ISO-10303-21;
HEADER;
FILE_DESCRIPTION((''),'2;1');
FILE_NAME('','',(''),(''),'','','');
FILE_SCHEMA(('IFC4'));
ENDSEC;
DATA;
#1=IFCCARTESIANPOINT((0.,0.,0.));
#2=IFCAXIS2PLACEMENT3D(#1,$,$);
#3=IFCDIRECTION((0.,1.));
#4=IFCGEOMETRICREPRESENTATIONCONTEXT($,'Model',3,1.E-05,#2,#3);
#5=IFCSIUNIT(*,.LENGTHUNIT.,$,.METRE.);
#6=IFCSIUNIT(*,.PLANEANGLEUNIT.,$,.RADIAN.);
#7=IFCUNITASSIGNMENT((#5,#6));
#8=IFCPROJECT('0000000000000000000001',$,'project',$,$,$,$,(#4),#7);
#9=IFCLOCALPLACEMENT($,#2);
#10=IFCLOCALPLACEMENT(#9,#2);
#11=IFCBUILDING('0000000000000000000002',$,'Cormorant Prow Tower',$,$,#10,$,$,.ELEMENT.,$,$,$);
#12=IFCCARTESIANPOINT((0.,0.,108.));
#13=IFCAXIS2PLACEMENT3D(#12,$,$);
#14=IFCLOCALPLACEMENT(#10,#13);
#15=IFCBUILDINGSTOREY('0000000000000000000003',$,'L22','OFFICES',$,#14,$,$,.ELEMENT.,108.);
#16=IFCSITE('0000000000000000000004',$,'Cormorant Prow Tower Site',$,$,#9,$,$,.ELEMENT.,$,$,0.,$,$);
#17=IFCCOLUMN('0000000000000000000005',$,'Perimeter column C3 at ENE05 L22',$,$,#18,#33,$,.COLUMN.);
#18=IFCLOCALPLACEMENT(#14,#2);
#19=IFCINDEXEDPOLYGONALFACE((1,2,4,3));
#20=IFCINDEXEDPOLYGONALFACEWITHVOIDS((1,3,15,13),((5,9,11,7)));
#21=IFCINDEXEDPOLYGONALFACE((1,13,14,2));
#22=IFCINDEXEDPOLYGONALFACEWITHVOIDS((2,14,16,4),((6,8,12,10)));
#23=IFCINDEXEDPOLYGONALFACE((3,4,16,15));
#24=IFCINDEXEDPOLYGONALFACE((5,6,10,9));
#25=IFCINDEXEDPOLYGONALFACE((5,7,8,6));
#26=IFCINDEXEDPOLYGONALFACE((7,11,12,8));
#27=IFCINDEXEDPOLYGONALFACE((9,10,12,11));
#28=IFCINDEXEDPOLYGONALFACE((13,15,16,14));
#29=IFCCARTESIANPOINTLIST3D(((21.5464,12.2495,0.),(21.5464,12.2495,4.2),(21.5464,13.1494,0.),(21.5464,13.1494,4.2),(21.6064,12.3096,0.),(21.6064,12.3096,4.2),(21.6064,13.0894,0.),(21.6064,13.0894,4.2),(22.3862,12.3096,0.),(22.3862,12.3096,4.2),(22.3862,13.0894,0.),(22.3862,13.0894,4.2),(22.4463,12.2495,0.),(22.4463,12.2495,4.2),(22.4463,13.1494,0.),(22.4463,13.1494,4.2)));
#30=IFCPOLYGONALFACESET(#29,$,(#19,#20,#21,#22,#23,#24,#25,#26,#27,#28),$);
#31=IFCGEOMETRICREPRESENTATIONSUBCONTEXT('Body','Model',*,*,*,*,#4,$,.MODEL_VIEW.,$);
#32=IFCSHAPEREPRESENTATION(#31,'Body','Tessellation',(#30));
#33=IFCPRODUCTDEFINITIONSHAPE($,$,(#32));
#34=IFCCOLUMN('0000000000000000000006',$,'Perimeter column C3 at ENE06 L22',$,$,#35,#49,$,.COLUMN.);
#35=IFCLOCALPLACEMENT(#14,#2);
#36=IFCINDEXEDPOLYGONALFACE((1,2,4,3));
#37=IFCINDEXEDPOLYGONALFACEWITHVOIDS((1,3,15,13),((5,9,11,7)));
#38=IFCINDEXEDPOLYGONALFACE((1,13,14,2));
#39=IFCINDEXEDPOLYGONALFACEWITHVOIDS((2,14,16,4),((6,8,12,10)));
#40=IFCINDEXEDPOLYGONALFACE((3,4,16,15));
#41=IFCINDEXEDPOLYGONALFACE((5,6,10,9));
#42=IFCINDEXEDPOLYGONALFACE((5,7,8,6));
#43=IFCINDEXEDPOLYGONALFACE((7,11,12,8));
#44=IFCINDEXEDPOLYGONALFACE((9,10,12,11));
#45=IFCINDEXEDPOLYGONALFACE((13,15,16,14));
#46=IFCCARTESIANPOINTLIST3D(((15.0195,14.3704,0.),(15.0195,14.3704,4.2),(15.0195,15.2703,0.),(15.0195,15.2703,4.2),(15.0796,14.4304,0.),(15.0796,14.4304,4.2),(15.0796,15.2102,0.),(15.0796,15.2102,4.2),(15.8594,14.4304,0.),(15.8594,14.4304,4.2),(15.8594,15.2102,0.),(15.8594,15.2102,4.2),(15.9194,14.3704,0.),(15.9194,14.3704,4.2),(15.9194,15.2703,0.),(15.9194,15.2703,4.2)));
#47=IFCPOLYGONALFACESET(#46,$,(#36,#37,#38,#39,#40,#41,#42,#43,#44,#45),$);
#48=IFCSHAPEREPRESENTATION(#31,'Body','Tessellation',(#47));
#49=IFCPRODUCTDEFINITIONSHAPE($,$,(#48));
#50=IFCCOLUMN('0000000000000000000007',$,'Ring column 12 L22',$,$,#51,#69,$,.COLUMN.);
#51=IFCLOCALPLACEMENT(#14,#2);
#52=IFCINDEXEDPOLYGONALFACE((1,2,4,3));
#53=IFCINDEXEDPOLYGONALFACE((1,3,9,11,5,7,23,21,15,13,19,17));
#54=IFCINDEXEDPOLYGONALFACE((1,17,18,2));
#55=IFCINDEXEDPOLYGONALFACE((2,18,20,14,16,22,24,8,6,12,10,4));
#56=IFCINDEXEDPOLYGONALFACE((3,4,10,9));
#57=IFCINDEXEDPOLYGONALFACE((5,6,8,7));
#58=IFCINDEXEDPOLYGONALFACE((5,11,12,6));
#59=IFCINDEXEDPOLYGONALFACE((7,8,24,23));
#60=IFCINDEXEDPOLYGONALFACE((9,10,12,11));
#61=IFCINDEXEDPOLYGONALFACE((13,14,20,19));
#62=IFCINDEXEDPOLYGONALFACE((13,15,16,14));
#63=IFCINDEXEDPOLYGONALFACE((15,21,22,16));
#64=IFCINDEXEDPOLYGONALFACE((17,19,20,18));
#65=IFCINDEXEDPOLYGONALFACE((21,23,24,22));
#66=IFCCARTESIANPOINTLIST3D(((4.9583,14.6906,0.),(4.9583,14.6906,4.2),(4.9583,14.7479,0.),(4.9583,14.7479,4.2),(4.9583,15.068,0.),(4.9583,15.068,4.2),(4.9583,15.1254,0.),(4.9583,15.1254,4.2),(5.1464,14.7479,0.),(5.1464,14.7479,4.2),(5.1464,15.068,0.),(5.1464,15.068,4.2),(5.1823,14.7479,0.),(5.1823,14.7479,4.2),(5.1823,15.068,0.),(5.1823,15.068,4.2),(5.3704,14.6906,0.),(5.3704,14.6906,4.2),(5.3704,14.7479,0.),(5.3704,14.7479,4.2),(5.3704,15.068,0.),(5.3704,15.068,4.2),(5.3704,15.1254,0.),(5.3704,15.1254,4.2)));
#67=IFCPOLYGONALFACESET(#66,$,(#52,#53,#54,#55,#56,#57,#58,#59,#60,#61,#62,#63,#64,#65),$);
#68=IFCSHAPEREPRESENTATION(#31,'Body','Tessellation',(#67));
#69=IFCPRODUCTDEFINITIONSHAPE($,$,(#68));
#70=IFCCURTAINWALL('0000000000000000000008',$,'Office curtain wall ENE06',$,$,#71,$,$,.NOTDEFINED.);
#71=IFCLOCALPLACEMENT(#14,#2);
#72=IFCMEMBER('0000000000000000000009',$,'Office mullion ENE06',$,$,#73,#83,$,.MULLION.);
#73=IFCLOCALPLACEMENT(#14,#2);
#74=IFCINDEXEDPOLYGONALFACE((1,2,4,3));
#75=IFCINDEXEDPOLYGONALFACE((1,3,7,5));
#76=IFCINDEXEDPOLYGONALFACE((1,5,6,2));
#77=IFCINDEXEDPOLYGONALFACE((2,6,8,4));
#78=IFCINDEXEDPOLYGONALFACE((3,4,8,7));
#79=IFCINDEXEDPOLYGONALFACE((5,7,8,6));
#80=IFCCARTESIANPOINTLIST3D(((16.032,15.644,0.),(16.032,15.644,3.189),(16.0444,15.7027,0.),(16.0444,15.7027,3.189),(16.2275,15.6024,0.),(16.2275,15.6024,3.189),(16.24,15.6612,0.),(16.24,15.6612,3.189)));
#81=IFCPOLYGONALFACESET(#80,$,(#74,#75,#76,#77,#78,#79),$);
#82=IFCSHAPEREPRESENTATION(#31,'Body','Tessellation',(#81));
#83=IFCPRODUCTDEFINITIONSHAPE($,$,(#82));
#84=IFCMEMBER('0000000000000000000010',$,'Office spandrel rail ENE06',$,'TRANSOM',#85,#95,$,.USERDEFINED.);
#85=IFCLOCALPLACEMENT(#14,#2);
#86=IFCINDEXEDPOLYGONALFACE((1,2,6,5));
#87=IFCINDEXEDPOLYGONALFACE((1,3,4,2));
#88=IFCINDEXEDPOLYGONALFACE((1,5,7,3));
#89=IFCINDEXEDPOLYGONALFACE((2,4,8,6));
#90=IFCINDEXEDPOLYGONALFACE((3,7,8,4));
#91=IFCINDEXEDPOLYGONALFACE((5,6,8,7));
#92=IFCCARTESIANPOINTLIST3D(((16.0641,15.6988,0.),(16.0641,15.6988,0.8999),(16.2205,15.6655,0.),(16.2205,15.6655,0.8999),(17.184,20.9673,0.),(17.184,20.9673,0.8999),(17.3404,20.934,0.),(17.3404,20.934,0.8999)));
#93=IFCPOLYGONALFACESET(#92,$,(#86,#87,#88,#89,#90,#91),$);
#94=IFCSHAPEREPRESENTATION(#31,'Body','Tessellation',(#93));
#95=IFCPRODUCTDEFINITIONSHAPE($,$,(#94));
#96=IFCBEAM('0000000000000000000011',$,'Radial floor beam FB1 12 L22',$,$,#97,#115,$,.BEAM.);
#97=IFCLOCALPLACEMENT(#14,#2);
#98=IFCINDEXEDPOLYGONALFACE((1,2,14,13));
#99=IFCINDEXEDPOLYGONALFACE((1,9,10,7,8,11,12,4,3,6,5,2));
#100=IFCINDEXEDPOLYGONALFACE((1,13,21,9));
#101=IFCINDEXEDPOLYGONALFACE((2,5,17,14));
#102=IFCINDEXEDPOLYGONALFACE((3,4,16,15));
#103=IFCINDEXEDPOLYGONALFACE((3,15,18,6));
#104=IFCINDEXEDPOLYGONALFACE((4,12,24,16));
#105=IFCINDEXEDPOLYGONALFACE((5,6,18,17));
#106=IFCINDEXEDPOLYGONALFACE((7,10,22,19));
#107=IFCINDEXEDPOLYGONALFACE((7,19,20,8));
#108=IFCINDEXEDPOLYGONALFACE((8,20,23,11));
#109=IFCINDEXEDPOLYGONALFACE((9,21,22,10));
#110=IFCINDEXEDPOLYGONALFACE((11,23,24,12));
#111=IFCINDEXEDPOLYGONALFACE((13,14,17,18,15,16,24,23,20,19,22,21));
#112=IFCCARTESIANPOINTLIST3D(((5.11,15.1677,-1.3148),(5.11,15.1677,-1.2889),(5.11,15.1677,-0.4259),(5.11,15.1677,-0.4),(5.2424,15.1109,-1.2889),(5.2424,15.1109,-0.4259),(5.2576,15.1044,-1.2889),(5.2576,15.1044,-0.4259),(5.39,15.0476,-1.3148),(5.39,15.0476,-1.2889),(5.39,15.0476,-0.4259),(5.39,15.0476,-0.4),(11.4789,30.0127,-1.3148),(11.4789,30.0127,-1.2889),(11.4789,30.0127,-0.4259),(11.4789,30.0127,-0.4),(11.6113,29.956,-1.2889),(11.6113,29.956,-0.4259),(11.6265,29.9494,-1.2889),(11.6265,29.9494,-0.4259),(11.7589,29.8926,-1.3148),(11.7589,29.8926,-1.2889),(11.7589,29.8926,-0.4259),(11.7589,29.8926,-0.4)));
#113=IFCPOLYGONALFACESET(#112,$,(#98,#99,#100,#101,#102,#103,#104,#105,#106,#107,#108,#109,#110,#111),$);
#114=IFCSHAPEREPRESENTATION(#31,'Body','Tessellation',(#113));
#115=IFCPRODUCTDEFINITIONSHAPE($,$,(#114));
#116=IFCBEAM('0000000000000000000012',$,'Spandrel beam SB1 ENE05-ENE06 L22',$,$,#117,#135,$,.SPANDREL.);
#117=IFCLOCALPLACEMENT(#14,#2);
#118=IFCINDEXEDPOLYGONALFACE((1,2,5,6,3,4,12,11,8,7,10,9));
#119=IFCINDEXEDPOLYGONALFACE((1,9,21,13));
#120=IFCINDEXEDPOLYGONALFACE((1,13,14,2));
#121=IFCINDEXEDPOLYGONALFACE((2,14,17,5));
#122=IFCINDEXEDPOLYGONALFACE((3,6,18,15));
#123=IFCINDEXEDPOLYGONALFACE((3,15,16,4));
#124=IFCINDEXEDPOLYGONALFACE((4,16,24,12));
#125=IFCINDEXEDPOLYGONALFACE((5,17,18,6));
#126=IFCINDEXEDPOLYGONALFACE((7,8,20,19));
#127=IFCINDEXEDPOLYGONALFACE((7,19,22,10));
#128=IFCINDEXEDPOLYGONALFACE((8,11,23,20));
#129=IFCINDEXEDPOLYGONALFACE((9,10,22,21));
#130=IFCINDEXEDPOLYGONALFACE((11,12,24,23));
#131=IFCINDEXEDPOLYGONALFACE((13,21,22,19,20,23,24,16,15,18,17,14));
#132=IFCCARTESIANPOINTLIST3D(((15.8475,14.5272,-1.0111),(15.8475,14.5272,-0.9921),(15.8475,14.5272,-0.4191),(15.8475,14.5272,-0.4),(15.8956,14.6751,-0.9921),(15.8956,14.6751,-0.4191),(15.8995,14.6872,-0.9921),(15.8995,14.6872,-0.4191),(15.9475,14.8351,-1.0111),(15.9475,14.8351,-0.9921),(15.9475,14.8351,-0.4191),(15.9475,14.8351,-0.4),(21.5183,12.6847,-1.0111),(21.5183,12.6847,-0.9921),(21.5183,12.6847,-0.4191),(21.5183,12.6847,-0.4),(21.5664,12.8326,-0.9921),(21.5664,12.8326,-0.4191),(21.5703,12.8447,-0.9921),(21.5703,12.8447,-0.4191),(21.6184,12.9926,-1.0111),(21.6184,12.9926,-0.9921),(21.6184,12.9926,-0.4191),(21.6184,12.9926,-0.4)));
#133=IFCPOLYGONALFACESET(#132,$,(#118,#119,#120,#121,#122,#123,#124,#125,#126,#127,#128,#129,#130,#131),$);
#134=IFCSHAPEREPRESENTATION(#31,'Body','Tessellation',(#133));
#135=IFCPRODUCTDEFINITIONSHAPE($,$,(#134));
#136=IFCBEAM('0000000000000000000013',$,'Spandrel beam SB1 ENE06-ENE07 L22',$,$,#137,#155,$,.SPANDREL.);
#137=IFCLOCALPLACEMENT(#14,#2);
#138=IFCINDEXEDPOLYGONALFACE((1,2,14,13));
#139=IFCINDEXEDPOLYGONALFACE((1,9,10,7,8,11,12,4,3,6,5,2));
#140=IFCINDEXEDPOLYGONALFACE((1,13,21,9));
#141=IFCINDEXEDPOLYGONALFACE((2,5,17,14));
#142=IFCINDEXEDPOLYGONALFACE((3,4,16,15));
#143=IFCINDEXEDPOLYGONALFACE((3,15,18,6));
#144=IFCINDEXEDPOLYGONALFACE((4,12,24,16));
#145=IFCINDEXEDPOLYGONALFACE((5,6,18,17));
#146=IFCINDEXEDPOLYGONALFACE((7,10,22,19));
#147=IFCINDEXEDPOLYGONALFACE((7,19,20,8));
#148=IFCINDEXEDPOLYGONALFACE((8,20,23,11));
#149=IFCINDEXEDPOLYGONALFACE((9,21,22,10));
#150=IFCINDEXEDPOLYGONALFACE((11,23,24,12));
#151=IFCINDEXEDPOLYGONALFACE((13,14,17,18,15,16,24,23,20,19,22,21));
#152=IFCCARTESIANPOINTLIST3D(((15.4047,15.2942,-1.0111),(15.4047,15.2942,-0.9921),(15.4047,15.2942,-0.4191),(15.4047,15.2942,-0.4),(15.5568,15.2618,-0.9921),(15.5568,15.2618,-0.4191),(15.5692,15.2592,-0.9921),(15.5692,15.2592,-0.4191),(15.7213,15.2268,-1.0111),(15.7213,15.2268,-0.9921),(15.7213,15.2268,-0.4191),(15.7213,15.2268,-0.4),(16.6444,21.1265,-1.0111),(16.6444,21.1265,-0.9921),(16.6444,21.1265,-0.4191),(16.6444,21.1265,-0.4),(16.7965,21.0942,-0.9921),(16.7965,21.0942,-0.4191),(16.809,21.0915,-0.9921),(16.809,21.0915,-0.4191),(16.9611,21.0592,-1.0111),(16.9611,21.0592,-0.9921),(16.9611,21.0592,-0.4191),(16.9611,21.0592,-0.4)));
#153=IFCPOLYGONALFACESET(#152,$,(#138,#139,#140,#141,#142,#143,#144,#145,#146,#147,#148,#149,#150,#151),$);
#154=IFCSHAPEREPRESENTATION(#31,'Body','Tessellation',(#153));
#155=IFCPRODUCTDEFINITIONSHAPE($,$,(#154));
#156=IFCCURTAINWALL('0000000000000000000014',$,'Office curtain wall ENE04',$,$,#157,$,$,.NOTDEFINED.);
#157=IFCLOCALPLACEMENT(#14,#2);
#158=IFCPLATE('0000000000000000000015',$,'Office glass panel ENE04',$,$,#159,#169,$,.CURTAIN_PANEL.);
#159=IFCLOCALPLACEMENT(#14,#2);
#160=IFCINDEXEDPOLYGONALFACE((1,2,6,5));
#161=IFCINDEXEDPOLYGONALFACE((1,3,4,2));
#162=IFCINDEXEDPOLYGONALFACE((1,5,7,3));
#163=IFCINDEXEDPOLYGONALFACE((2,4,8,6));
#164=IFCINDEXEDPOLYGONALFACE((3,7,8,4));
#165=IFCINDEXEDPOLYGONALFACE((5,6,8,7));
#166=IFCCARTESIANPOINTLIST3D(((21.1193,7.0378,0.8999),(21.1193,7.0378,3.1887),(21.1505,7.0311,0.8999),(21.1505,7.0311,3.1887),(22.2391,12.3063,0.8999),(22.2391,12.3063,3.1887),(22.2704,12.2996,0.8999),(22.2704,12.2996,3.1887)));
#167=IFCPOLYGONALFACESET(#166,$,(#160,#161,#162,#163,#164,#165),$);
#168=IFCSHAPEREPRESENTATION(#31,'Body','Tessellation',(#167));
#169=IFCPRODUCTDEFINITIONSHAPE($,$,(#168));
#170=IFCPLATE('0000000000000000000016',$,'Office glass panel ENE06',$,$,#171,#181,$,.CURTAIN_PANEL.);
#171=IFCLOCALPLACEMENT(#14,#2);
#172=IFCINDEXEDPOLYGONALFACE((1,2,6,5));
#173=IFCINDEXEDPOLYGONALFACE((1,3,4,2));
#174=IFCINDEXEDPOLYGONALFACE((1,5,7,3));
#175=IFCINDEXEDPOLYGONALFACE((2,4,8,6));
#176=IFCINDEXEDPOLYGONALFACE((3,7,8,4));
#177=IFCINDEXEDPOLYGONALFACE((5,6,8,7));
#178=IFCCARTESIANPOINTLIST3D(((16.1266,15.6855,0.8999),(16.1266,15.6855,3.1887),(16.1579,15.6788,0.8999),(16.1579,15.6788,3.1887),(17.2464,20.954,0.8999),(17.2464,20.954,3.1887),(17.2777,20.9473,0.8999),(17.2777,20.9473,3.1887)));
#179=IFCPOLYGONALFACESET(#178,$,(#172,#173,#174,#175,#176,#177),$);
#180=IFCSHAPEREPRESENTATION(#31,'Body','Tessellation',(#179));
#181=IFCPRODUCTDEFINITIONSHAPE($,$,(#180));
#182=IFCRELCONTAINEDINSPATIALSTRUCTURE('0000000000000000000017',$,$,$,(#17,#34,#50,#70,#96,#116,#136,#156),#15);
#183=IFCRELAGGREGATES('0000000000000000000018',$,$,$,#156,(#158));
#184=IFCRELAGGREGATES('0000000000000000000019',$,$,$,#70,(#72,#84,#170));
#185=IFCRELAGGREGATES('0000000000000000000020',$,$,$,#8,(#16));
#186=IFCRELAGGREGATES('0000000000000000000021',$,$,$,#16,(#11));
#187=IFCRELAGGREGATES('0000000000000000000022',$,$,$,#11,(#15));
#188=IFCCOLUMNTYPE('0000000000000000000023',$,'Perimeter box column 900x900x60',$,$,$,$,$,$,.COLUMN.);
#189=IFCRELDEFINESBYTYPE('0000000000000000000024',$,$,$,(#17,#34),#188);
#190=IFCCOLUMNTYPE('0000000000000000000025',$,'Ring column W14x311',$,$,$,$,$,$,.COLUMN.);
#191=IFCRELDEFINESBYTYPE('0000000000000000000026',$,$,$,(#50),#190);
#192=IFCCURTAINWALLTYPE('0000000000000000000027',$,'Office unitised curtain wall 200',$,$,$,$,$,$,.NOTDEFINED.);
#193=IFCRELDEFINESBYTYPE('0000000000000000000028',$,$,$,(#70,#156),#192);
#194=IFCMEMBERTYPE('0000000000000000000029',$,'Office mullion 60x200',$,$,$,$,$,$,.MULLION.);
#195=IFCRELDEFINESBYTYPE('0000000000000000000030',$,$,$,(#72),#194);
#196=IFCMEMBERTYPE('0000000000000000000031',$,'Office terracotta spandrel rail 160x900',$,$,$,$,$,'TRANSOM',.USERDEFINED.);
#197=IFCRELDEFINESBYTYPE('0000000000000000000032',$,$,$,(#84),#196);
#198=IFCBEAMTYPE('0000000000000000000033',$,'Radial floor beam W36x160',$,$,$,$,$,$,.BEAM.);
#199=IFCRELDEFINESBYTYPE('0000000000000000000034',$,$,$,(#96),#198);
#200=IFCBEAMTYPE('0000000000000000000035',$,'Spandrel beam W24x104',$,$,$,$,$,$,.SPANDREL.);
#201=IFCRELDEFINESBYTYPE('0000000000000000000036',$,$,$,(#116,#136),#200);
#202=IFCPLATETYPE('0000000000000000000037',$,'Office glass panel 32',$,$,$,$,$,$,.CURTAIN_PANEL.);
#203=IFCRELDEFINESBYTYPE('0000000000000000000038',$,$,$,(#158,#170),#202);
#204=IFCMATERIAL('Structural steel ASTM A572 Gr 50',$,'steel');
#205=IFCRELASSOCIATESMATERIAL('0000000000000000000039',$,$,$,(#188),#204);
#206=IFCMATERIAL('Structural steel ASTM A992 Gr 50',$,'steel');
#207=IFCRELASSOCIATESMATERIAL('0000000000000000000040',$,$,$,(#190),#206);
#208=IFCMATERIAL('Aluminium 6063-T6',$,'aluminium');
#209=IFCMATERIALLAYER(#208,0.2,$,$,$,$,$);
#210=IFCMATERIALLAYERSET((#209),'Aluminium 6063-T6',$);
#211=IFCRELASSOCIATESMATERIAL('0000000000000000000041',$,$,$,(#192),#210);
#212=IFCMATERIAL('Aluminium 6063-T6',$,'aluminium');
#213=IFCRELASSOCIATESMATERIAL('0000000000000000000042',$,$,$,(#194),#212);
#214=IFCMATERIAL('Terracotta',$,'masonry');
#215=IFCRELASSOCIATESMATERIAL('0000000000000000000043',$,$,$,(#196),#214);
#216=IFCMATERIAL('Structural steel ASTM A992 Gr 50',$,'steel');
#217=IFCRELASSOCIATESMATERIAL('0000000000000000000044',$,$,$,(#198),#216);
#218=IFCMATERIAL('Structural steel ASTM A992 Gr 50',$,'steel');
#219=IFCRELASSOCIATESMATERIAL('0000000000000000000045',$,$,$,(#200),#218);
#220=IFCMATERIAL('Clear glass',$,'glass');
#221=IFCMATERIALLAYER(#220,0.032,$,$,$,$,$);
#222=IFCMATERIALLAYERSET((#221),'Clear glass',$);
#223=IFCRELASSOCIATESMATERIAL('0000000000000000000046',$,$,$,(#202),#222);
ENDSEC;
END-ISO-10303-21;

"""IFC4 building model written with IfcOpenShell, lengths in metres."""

from ifc_helpers import new_model, si_unit, direction, frame, origin, origin_2d, place, context, subcontext, project, spatial, rectangle, hollow_rectangle, i_section, extrude, material, layer, layer_set, material_profile, profile_set, type_object, element, aggregate, save


model = new_model("IFC4")

# Units and contexts
model_context = context("Model", 3, precision=1e-05, world=origin(), true_north=direction((0.0, 1.0)))
body_context = subcontext(model_context, "Body", "Model", "MODEL_VIEW")
ifc_project = project(units=[si_unit("LENGTHUNIT", "METRE"), si_unit("PLANEANGLEUNIT", "RADIAN")], contexts=[model_context])

# Site, building, storey
site_placement = place(None, origin())
site = spatial("IfcSite", under=ifc_project, at=site_placement, Name="Cormorant Prow Tower Site", CompositionType="ELEMENT", RefElevation=0.0)
building_placement = place(site_placement, origin())
building = spatial("IfcBuilding", under=site, at=building_placement, Name="Cormorant Prow Tower", CompositionType="ELEMENT")
storey_placement = place(building_placement, frame((0.0, 0.0, 108.0)))
storey = spatial("IfcBuildingStorey", under=building, at=storey_placement, Name="L22", Description="OFFICES", CompositionType="ELEMENT", Elevation=108.0)

# Columns
ifc_material_1 = material(Name="Structural steel ASTM A572 Gr 50", Category="steel")
ifc_material_profile_1 = material_profile(ifc_material_1, hollow_rectangle(XDim=0.8999, YDim=0.8999, WallThickness=0.0601, at=origin_2d()), Name="Box 900x900x60")
ifc_profile_set_1 = profile_set([ifc_material_profile_1], Name="Structural steel ASTM A572 Gr 50")
column_type_1 = type_object("IfcColumnType", Name="Perimeter box column 900x900x60", PredefinedType="COLUMN", material=ifc_profile_set_1)
for number, where, z_axis, x_axis, name in (
    (1, (21.9963, 12.6995, 0.0), (0.0, 0.0, 1.0), (1.0, 0.0, 0.0), "Perimeter column C3 at ENE05 L22"),
    (2, (15.4695, 14.8203, 0.0), (0.0, 0.0, 1.0), (1.0, 0.0, 0.0), "Perimeter column C3 at ENE06 L22"),
):
    element("IfcColumn", number, at=place(storey_placement, frame(where, z_axis=z_axis, x_axis=x_axis)), inside=storey, type_object=column_type_1, Name=name, PredefinedType="COLUMN", context=body_context, shape_type="SweptSolid", body=[
        extrude(hollow_rectangle(XDim=0.8999, YDim=0.8999, WallThickness=0.0601, at=origin_2d()), origin(), (0.0, 0.0, 1.0), 4.2),
    ])
ifc_material_2 = material(Name="Structural steel ASTM A992 Gr 50", Category="steel")
ifc_material_profile_2 = material_profile(ifc_material_2, i_section(OverallWidth=0.4121, OverallDepth=0.4348, WebThickness=0.0359, FlangeThickness=0.0574, at=origin_2d()), Name="W14x311")
ifc_profile_set_2 = profile_set([ifc_material_profile_2], Name="Structural steel ASTM A992 Gr 50")
column_type_2 = type_object("IfcColumnType", Name="Ring column W14x311", PredefinedType="COLUMN", material=ifc_profile_set_2)
column_placement = place(storey_placement, frame((5.1643, 14.908, 0.0), z_axis=(0.0, 0.0, 1.0), x_axis=(1.0, 0.0, 0.0)))
element("IfcColumn", 3, at=column_placement, inside=storey, type_object=column_type_2, Name="Ring column 12 L22", PredefinedType="COLUMN", context=body_context, shape_type="SweptSolid", body=[
    extrude(i_section(OverallWidth=0.4121, OverallDepth=0.4348, WebThickness=0.0359, FlangeThickness=0.0574, at=origin_2d()), origin(), (0.0, 0.0, 1.0), 4.2),
])

# Curtain wall, members
ifc_material_3 = material(Name="Aluminium 6063-T6", Category="aluminium")
ifc_layer_1 = layer(ifc_material_3, 0.2)
ifc_layer_set_1 = layer_set([ifc_layer_1], Name="Aluminium 6063-T6")
curtain_wall_type = type_object("IfcCurtainWallType", Name="Office unitised curtain wall 200", PredefinedType="NOTDEFINED", material=ifc_layer_set_1)
curtain_wall_1_placement = place(storey_placement, origin())
curtain_wall_1 = element("IfcCurtainWall", 4, at=curtain_wall_1_placement, inside=storey, type_object=curtain_wall_type, Name="Office curtain wall ENE06", PredefinedType="NOTDEFINED")
ifc_material_4 = material(Name="Aluminium 6063-T6", Category="aluminium")
ifc_material_profile_3 = material_profile(ifc_material_4, rectangle(XDim=0.2, YDim=0.0601, at=origin_2d()), Name="Office mullion 60x200")
ifc_profile_set_3 = profile_set([ifc_material_profile_3], Name="Aluminium 6063-T6")
member_type_1 = type_object("IfcMemberType", Name="Office mullion 60x200", PredefinedType="MULLION", material=ifc_profile_set_3)
member_1_placement = place(storey_placement, frame((16.136, 15.6526, 0.0), z_axis=(0.0, 0.0, 1.0), x_axis=(-0.978148, 0.207912, 0.0)))
member_1 = element("IfcMember", 5, at=member_1_placement, type_object=member_type_1, Name="Office mullion ENE06", PredefinedType="MULLION", context=body_context, shape_type="SweptSolid", body=[
    extrude(rectangle(XDim=0.2, YDim=0.0601, at=origin_2d()), origin(), (0.0, 0.0, 1.0), 3.189),
])
ifc_material_5 = material(Name="Terracotta", Category="masonry")
ifc_material_profile_4 = material_profile(ifc_material_5, rectangle(XDim=0.1599, YDim=0.8999, at=origin_2d()), Name="Office terracotta spandrel rail 160x900")
ifc_profile_set_4 = profile_set([ifc_material_profile_4], Name="Terracotta")
member_type_2 = type_object("IfcMemberType", Name="Office terracotta spandrel rail 160x900", ElementType="TRANSOM", PredefinedType="USERDEFINED", material=ifc_profile_set_4)
member_2_placement = place(storey_placement, frame((16.1423, 15.6821, 0.45), z_axis=(0.207913, 0.978147, 0.0), x_axis=(-0.978147, 0.207913, 0.0)))
member_2 = element("IfcMember", 6, at=member_2_placement, type_object=member_type_2, Name="Office spandrel rail ENE06", ObjectType="TRANSOM", PredefinedType="USERDEFINED", context=body_context, shape_type="SweptSolid", body=[
    extrude(rectangle(XDim=0.1599, YDim=0.8999, at=origin_2d()), origin(), (0.0, 0.0, 1.0), 5.3862),
])

# Beams
ifc_material_6 = material(Name="Structural steel ASTM A992 Gr 50", Category="steel")
ifc_material_profile_5 = material_profile(ifc_material_6, i_section(OverallWidth=0.3047, OverallDepth=0.9148, WebThickness=0.0166, FlangeThickness=0.0259, at=origin_2d()), Name="W36x160")
ifc_profile_set_5 = profile_set([ifc_material_profile_5], Name="Structural steel ASTM A992 Gr 50")
beam_type_1 = type_object("IfcBeamType", Name="Radial floor beam W36x160", PredefinedType="BEAM", material=ifc_profile_set_5)
beam_placement = place(storey_placement, frame((5.25, 15.1077, -0.8574), z_axis=(0.394273, 0.918993, 0.0), x_axis=(-0.918993, 0.394273, 0.0)))
element("IfcBeam", 7, at=beam_placement, inside=storey, type_object=beam_type_1, Name="Radial floor beam FB1 12 L22", PredefinedType="BEAM", context=body_context, shape_type="SweptSolid", body=[
    extrude(i_section(OverallWidth=0.3047, OverallDepth=0.9148, WebThickness=0.0166, FlangeThickness=0.0259, at=origin_2d()), origin(), (0.0, 0.0, 1.0), 16.1536),
])
ifc_material_7 = material(Name="Structural steel ASTM A992 Gr 50", Category="steel")
ifc_material_profile_6 = material_profile(ifc_material_7, i_section(OverallWidth=0.3237, OverallDepth=0.6111, WebThickness=0.0127, FlangeThickness=0.019, at=origin_2d()), Name="W24x104")
ifc_profile_set_6 = profile_set([ifc_material_profile_6], Name="Structural steel ASTM A992 Gr 50")
beam_type_2 = type_object("IfcBeamType", Name="Spandrel beam W24x104", PredefinedType="SPANDREL", material=ifc_profile_set_6)
for number, where, z_axis, x_axis, name in (
    (8, (21.5684, 12.8386, -0.7056), (-0.951059, 0.309008, 0.0), (-0.309008, -0.951059, 0.0), "Spandrel beam SB1 ENE05-ENE06 L22"),
    (9, (15.563, 15.2605, -0.7056), (0.207921, 0.978146, 0.0), (-0.978146, 0.207921, 0.0), "Spandrel beam SB1 ENE06-ENE07 L22"),
):
    element("IfcBeam", number, at=place(storey_placement, frame(where, z_axis=z_axis, x_axis=x_axis)), inside=storey, type_object=beam_type_2, Name=name, PredefinedType="SPANDREL", context=body_context, shape_type="SweptSolid", body=[
        extrude(i_section(OverallWidth=0.3237, OverallDepth=0.6111, WebThickness=0.0127, FlangeThickness=0.019, at=origin_2d()), origin(), (0.0, 0.0, 1.0), 5.9626),
    ])

# Curtain wall, plate
curtain_wall_2_placement = place(storey_placement, origin())
curtain_wall_2 = element("IfcCurtainWall", 10, at=curtain_wall_2_placement, inside=storey, type_object=curtain_wall_type, Name="Office curtain wall ENE04", PredefinedType="NOTDEFINED")
ifc_material_8 = material(Name="Clear glass", Category="glass")
ifc_layer_2 = layer(ifc_material_8, 0.032)
ifc_layer_set_2 = layer_set([ifc_layer_2], Name="Clear glass")
plate_type = type_object("IfcPlateType", Name="Office glass panel 32", PredefinedType="CURTAIN_PANEL", material=ifc_layer_set_2)
plate_1_placement = place(storey_placement, frame((21.6948, 9.6687, 0.8999), z_axis=(0.0, 0.0, 1.0), x_axis=(0.207912, 0.978148, 0.0)))
plate_1 = element("IfcPlate", 11, at=plate_1_placement, type_object=plate_type, Name="Office glass panel ENE04", PredefinedType="CURTAIN_PANEL", context=body_context, shape_type="SweptSolid", body=[
    extrude(rectangle(XDim=5.3862, YDim=0.032, at=origin_2d()), origin(), (0.0, 0.0, 1.0), 2.2888),
])
aggregate(curtain_wall_2, [plate_1])

# Plate
plate_2_placement = place(storey_placement, frame((16.7021, 18.3164, 0.8999), z_axis=(0.0, 0.0, 1.0), x_axis=(0.207912, 0.978148, 0.0)))
plate_2 = element("IfcPlate", 12, at=plate_2_placement, type_object=plate_type, Name="Office glass panel ENE06", PredefinedType="CURTAIN_PANEL", context=body_context, shape_type="SweptSolid", body=[
    extrude(rectangle(XDim=5.3862, YDim=0.032, at=origin_2d()), origin(), (0.0, 0.0, 1.0), 2.2888),
])
aggregate(curtain_wall_1, [member_1, member_2, plate_2])

save(model, "model.ifc")
